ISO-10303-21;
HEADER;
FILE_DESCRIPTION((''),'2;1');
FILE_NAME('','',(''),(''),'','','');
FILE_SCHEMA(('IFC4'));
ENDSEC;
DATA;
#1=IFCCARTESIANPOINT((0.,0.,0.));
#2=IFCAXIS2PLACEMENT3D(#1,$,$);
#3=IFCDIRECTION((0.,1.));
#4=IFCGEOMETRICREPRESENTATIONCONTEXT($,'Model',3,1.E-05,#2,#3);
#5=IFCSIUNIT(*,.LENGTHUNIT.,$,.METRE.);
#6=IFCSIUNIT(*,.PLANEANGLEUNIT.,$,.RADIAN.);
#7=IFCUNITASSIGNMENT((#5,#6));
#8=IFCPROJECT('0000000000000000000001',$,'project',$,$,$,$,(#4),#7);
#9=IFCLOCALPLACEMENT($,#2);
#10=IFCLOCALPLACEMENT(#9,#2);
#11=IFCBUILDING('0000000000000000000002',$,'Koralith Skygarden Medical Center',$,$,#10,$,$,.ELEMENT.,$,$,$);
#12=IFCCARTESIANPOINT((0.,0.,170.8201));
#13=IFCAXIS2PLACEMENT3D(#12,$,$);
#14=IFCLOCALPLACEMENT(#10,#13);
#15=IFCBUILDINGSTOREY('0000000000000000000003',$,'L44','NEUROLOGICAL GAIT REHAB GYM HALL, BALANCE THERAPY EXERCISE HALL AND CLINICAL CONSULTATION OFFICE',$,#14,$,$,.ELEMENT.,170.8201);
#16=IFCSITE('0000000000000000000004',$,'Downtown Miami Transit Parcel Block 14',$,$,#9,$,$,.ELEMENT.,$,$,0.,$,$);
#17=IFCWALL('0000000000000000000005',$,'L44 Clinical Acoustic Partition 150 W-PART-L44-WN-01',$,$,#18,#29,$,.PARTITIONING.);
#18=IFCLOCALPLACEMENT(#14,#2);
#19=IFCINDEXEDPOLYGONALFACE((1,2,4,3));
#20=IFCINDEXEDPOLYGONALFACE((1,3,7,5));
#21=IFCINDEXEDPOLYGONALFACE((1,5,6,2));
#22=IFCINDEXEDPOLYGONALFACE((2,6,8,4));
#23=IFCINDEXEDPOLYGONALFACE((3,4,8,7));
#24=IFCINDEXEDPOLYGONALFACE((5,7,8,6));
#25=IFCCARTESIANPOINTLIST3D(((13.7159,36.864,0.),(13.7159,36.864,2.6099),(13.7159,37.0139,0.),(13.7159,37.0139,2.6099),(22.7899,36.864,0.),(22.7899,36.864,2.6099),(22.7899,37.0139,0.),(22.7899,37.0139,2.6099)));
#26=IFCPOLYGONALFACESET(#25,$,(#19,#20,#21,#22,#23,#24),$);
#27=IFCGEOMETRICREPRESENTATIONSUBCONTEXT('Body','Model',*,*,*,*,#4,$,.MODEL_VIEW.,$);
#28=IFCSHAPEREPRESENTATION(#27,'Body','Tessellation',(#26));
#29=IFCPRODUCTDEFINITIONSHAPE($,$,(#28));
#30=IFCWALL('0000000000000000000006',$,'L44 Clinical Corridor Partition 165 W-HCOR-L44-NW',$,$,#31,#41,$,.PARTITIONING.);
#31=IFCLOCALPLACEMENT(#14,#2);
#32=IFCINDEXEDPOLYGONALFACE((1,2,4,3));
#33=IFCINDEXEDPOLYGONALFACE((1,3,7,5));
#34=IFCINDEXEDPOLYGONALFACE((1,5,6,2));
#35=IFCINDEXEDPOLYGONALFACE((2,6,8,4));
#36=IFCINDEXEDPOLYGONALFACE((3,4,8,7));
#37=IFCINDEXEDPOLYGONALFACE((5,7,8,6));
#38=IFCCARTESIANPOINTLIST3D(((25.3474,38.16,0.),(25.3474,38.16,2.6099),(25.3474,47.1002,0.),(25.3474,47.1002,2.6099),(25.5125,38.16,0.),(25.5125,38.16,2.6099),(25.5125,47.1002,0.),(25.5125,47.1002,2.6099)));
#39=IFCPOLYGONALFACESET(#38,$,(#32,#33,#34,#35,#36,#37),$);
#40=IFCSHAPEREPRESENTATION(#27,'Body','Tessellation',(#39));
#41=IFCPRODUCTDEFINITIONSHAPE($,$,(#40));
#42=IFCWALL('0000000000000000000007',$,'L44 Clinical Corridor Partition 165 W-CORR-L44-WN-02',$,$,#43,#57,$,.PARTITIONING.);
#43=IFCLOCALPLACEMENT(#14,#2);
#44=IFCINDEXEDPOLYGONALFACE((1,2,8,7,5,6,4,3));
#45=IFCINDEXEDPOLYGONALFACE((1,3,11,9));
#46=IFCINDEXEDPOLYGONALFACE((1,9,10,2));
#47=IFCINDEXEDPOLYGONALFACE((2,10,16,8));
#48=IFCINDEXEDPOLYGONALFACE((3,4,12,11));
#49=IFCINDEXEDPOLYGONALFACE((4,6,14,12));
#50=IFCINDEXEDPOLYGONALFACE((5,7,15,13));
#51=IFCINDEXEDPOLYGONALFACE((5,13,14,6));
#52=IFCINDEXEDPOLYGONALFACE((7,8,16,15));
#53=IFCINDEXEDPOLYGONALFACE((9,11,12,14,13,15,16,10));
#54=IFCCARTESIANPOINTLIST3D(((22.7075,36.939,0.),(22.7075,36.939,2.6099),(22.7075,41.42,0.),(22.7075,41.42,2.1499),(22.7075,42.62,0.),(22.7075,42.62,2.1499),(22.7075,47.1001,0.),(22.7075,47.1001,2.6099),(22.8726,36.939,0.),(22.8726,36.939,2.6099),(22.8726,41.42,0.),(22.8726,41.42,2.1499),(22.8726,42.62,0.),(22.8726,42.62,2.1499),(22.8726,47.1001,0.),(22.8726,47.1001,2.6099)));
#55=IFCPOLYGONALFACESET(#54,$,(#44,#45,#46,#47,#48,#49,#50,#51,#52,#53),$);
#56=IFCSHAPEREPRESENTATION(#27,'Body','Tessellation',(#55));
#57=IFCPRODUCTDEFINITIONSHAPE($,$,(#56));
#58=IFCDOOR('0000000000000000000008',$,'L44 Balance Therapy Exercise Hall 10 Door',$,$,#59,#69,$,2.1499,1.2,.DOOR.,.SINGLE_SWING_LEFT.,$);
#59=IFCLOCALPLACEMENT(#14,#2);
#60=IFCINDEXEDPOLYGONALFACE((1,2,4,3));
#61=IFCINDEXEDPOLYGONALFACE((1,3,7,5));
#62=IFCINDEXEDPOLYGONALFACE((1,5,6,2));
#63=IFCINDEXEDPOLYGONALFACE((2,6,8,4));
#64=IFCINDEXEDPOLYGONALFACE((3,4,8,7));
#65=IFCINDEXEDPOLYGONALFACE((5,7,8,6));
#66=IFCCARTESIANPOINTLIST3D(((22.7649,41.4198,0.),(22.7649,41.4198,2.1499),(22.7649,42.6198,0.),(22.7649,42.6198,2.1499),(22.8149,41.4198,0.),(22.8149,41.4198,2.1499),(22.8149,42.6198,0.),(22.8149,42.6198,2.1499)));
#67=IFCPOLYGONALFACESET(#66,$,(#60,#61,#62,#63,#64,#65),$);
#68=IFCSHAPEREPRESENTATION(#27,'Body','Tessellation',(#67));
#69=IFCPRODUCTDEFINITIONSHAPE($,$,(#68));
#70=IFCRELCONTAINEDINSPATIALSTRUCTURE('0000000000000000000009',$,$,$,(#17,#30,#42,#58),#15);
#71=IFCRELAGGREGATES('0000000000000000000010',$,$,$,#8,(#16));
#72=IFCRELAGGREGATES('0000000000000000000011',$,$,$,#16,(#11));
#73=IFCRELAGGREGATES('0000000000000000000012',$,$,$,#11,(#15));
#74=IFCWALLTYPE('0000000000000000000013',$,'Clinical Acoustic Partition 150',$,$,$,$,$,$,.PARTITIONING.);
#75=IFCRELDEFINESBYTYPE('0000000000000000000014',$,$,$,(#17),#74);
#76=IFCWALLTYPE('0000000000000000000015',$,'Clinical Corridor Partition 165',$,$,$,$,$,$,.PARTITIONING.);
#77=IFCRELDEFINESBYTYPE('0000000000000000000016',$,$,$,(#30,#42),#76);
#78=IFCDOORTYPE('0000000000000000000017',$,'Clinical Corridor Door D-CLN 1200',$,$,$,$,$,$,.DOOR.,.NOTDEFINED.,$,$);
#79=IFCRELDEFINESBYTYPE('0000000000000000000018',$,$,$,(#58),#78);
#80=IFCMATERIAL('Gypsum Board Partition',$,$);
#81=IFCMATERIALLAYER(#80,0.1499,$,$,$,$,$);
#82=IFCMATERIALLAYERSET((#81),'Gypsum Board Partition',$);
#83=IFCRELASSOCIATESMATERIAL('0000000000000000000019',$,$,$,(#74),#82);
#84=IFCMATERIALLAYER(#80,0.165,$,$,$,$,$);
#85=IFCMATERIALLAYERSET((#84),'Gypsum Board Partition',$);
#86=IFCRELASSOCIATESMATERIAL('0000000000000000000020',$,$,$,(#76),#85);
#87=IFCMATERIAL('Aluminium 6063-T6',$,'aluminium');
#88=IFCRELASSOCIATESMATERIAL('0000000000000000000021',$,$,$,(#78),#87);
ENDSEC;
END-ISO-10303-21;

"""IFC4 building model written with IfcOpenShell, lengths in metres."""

from ifc_helpers import new_model, si_unit, direction, frame, frame_2d, origin, place, context, subcontext, project, spatial, rectangle, extrude, material, layer, layer_set, type_object, element, fill, save


model = new_model("IFC4")

# Units and contexts
model_context = context("Model", 3, precision=1e-05, world=origin(), true_north=direction((0.0, 1.0)))
body_context = subcontext(model_context, "Body", "Model", "MODEL_VIEW")
ifc_project = project(units=[si_unit("LENGTHUNIT", "METRE"), si_unit("PLANEANGLEUNIT", "RADIAN")], contexts=[model_context])

# Site, building, storey
site_placement = place(None, origin())
site = spatial("IfcSite", under=ifc_project, at=site_placement, Name="Downtown Miami Transit Parcel Block 14", CompositionType="ELEMENT", RefElevation=0.0)
building_placement = place(site_placement, origin())
building = spatial("IfcBuilding", under=site, at=building_placement, Name="Koralith Skygarden Medical Center", CompositionType="ELEMENT")
storey_placement = place(building_placement, frame((0.0, 0.0, 170.8201)))
storey = spatial("IfcBuildingStorey", under=building, at=storey_placement, Name="L44", Description="NEUROLOGICAL GAIT REHAB GYM HALL, BALANCE THERAPY EXERCISE HALL AND CLINICAL CONSULTATION OFFICE", CompositionType="ELEMENT", Elevation=170.8201)

# Shared definitions
ifc_material_1 = material(Name="Aluminium 6063-T6", Category="aluminium")

# Walls
ifc_material_2 = material(Name="Gypsum Board Partition")
ifc_layer_1 = layer(ifc_material_2, 0.1499)
ifc_layer_set_1 = layer_set([ifc_layer_1], Name="Gypsum Board Partition")
wall_type_1 = type_object("IfcWallType", Name="Clinical Acoustic Partition 150", PredefinedType="PARTITIONING", material=ifc_layer_set_1)
wall_1_placement = place(storey_placement, frame((22.79, 36.939, 0.0), z_axis=(0.0, 0.0, 1.0), x_axis=(-1.0, 0.0, 0.0)))
element("IfcWall", 1, at=wall_1_placement, inside=storey, type_object=wall_type_1, Name="L44 Clinical Acoustic Partition 150 W-PART-L44-WN-01", PredefinedType="PARTITIONING", context=body_context, shape_type="SweptSolid", body=[
    extrude(rectangle(XDim=9.074, YDim=0.1499, at=frame_2d((4.5371, 0.0))), origin(), (0.0, 0.0, 1.0), 2.6099),
])
ifc_layer_2 = layer(ifc_material_2, 0.165)
ifc_layer_set_2 = layer_set([ifc_layer_2], Name="Gypsum Board Partition")
wall_type_2 = type_object("IfcWallType", Name="Clinical Corridor Partition 165", PredefinedType="PARTITIONING", material=ifc_layer_set_2)
wall_2_placement = place(storey_placement, frame((25.4299, 38.1599, 0.0), z_axis=(0.0, 0.0, 1.0), x_axis=(0.0, 1.0, 0.0)))
element("IfcWall", 2, at=wall_2_placement, inside=storey, type_object=wall_type_2, Name="L44 Clinical Corridor Partition 165 W-HCOR-L44-NW", PredefinedType="PARTITIONING", context=body_context, shape_type="SweptSolid", body=[
    extrude(rectangle(XDim=8.9402, YDim=0.165, at=frame_2d((4.4702, 0.0))), origin(), (0.0, 0.0, 1.0), 2.6099),
])

# Wall, opening, door
door_type = type_object("IfcDoorType", Name="Clinical Corridor Door D-CLN 1200", OperationType="NOTDEFINED", PredefinedType="DOOR", material=ifc_material_1)
wall_3_placement = place(storey_placement, frame((22.79, 36.939, 0.0), z_axis=(0.0, 0.0, 1.0), x_axis=(0.0, 1.0, 0.0)))
wall_3 = element("IfcWall", 3, at=wall_3_placement, inside=storey, type_object=wall_type_2, Name="L44 Clinical Corridor Partition 165 W-CORR-L44-WN-02", PredefinedType="PARTITIONING", context=body_context, shape_type="SweptSolid", body=[
    extrude(rectangle(XDim=10.1611, YDim=0.165, at=frame_2d((5.0806, 0.0))), origin(), (0.0, 0.0, 1.0), 2.6099),
])
opening_1_placement = place(wall_3_placement, frame((4.481, 0.0, 0.0)))
opening_1 = element("IfcOpeningElement", 4, at=opening_1_placement, cuts=wall_3, PredefinedType="OPENING", context=body_context, shape_type="SweptSolid", body=[
    extrude(rectangle(XDim=1.2, YDim=2.1499, at=frame_2d((0.6001, 1.075))), frame((0.0, 0.0925, 0.0), z_axis=(0.0, -1.0, 0.0), x_axis=(1.0, 0.0, 0.0)), (0.0, 0.0, 1.0), 0.1851),
])
door_1_placement = place(opening_1_placement, frame((1.2, 0.0, 0.0), z_axis=(0.0, 0.0, 1.0), x_axis=(-1.0, 0.0, 0.0)))
door_1 = element("IfcDoor", 5, at=door_1_placement, inside=storey, type_object=door_type, Name="L44 Balance Therapy Exercise Hall 10 Door", OperationType="SINGLE_SWING_LEFT", OverallHeight=2.1499, OverallWidth=1.2, PredefinedType="DOOR", context=body_context, shape_type="SweptSolid", body=[
    extrude(rectangle(XDim=1.2, YDim=2.1499, at=frame_2d((0.6001, 1.075))), frame((0.0, 0.0249, 0.0), z_axis=(0.0, -1.0, 0.0), x_axis=(1.0, 0.0, 0.0)), (0.0, 0.0, 1.0), 0.05),
])
fill(opening_1, door_1)

save(model, "model.ifc")
